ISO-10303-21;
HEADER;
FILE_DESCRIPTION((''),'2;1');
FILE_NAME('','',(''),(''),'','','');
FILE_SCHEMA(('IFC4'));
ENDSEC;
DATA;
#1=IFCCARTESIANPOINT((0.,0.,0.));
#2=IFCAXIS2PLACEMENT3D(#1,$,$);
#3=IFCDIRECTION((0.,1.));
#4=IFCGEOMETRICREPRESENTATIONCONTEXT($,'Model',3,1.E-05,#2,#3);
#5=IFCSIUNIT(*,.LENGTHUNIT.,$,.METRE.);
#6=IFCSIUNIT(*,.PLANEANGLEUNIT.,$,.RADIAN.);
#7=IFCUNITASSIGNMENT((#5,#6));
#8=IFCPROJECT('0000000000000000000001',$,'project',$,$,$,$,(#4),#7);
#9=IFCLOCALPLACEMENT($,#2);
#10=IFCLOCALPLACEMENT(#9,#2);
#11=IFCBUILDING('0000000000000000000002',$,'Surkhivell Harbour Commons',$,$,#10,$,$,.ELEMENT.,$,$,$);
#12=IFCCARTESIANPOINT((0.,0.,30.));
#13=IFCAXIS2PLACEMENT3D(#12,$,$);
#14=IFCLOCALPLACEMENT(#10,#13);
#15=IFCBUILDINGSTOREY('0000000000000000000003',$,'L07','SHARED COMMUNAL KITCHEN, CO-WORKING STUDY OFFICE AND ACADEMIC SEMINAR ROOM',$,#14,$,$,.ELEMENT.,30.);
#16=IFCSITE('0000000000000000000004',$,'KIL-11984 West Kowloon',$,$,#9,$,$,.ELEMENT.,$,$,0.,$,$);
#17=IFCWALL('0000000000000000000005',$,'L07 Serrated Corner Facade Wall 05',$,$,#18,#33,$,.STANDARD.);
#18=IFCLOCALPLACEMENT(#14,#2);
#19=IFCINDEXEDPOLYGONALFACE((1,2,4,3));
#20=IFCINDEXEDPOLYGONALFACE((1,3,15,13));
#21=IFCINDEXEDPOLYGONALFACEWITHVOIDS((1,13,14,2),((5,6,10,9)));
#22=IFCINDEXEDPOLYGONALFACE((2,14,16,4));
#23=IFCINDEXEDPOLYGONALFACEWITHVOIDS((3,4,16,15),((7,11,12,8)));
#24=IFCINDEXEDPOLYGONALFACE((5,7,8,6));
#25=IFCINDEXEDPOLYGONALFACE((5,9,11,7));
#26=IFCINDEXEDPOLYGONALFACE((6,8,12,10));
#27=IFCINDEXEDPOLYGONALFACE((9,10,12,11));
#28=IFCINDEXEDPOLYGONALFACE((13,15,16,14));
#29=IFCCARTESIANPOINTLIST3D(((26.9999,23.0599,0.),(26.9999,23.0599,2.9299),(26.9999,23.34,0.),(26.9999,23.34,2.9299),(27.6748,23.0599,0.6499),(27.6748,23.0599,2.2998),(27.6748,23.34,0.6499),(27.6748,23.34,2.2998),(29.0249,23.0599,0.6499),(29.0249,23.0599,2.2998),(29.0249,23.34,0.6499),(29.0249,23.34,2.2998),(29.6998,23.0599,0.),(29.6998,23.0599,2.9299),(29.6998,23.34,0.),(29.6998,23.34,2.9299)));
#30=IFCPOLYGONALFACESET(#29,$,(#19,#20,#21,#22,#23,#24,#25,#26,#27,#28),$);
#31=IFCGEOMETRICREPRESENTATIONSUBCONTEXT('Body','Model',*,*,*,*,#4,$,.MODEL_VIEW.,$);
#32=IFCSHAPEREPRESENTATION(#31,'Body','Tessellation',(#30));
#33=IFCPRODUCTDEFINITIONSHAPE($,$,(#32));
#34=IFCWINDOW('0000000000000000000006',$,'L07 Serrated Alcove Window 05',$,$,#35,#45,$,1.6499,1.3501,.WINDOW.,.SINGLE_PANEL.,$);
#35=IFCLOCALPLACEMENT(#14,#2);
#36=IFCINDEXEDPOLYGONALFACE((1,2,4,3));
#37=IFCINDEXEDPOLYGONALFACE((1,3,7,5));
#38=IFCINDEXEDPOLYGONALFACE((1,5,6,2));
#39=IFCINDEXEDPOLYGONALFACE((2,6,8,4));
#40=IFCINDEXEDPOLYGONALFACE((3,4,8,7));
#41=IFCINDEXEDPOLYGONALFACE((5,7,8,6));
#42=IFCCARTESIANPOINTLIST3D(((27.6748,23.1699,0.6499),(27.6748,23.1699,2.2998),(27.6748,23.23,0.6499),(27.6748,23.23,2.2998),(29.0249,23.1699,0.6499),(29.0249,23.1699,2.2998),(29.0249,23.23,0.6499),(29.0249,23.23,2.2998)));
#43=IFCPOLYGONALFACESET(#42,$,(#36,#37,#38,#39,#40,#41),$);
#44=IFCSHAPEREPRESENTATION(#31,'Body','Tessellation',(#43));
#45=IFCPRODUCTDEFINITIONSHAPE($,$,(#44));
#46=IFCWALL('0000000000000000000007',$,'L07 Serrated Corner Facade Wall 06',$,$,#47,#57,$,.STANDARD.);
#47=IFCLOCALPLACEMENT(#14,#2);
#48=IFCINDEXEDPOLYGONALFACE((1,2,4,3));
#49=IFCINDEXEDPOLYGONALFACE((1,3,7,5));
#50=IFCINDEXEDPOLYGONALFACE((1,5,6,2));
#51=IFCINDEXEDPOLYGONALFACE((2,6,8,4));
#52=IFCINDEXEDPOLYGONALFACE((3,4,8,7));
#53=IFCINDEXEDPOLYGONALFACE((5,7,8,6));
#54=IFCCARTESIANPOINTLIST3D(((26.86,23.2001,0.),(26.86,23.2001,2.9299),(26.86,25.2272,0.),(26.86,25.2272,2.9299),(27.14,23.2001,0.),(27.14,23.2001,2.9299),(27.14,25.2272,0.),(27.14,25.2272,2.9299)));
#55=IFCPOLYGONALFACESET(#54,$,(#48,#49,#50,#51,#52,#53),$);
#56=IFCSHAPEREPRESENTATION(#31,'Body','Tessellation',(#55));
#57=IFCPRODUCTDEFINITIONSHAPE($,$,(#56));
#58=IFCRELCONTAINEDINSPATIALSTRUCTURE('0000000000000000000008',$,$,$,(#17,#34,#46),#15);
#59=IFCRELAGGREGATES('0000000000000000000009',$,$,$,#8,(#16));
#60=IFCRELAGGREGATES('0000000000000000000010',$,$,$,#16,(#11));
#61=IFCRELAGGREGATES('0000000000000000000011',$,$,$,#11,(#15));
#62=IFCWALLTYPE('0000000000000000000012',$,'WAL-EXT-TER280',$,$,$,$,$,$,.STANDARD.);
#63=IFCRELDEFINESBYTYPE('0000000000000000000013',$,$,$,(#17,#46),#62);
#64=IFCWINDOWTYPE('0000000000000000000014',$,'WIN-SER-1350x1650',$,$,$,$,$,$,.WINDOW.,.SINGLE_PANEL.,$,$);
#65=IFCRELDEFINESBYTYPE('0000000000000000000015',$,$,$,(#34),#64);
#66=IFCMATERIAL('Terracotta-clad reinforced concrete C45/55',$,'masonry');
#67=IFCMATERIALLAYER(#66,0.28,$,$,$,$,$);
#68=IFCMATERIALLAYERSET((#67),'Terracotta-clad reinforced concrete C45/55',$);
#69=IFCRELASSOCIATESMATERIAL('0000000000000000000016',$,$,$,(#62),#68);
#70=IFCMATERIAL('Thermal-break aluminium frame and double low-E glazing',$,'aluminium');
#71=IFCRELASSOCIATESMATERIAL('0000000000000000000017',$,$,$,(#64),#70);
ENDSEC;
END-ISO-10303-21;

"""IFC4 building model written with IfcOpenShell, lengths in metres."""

from ifc_helpers import new_model, si_unit, direction, frame, frame_2d, origin, place, context, subcontext, project, spatial, rectangle, extrude, material, layer, layer_set, type_object, element, fill, save


model = new_model("IFC4")

# Units and contexts
model_context = context("Model", 3, precision=1e-05, world=origin(), true_north=direction((0.0, 1.0)))
body_context = subcontext(model_context, "Body", "Model", "MODEL_VIEW")
ifc_project = project(units=[si_unit("LENGTHUNIT", "METRE"), si_unit("PLANEANGLEUNIT", "RADIAN")], contexts=[model_context])

# Site, building, storey
site_placement = place(None, origin())
site = spatial("IfcSite", under=ifc_project, at=site_placement, Name="KIL-11984 West Kowloon", CompositionType="ELEMENT", RefElevation=0.0)
building_placement = place(site_placement, origin())
building = spatial("IfcBuilding", under=site, at=building_placement, Name="Surkhivell Harbour Commons", CompositionType="ELEMENT")
storey_placement = place(building_placement, frame((0.0, 0.0, 30.0)))
storey = spatial("IfcBuildingStorey", under=building, at=storey_placement, Name="L07", Description="SHARED COMMUNAL KITCHEN, CO-WORKING STUDY OFFICE AND ACADEMIC SEMINAR ROOM", CompositionType="ELEMENT", Elevation=30.0)

# Shared definitions
ifc_material_1 = material(Name="Terracotta-clad reinforced concrete C45/55", Category="masonry")
ifc_layer_1 = layer(ifc_material_1, 0.28)
ifc_layer_set_1 = layer_set([ifc_layer_1], Name="Terracotta-clad reinforced concrete C45/55")
wall_type = type_object("IfcWallType", Name="WAL-EXT-TER280", PredefinedType="STANDARD", material=ifc_layer_set_1)

# Wall, opening, window
wall_1_placement = place(storey_placement, frame((29.7, 23.2, 0.0), z_axis=(0.0, 0.0, 1.0), x_axis=(-1.0, 0.0, 0.0)))
wall_1 = element("IfcWall", 1, at=wall_1_placement, inside=storey, type_object=wall_type, Name="L07 Serrated Corner Facade Wall 05", PredefinedType="STANDARD", context=body_context, shape_type="SweptSolid", body=[
    extrude(rectangle(XDim=2.7, YDim=0.28, at=frame_2d((1.3501, 0.0))), origin(), (0.0, 0.0, 1.0), 2.9299),
])
opening_placement = place(wall_1_placement, frame((0.675, 0.0, 0.6499)))
opening = element("IfcOpeningElement", 2, at=opening_placement, cuts=wall_1, PredefinedType="OPENING", context=body_context, shape_type="SweptSolid", body=[
    extrude(rectangle(XDim=1.3501, YDim=1.6499, at=frame_2d((0.675, 0.825))), frame((0.0, 0.1499, 0.0), z_axis=(0.0, -1.0, 0.0), x_axis=(1.0, 0.0, 0.0)), (0.0, 0.0, 1.0), 0.3),
])
ifc_material_2 = material(Name="Thermal-break aluminium frame and double low-E glazing", Category="aluminium")
window_type = type_object("IfcWindowType", Name="WIN-SER-1350x1650", PartitioningType="SINGLE_PANEL", PredefinedType="WINDOW", material=ifc_material_2)
window_placement = place(opening_placement, origin())
window = element("IfcWindow", 3, at=window_placement, inside=storey, type_object=window_type, Name="L07 Serrated Alcove Window 05", OverallHeight=1.6499, OverallWidth=1.3501, PartitioningType="SINGLE_PANEL", PredefinedType="WINDOW", context=body_context, shape_type="SweptSolid", body=[
    extrude(rectangle(XDim=1.3501, YDim=1.6499, at=frame_2d((0.675, 0.825))), frame((0.0, 0.03, 0.0), z_axis=(0.0, -1.0, 0.0), x_axis=(1.0, 0.0, 0.0)), (0.0, 0.0, 1.0), 0.0601),
])
fill(opening, window)

# Wall
wall_2_placement = place(storey_placement, frame((27.0, 23.2, 0.0), z_axis=(0.0, 0.0, 1.0), x_axis=(0.0, 1.0, 0.0)))
element("IfcWall", 4, at=wall_2_placement, inside=storey, type_object=wall_type, Name="L07 Serrated Corner Facade Wall 06", PredefinedType="STANDARD", context=body_context, shape_type="SweptSolid", body=[
    extrude(rectangle(XDim=2.0271, YDim=0.28, at=frame_2d((1.0137, 0.0))), origin(), (0.0, 0.0, 1.0), 2.9299),
])

save(model, "model.ifc")
